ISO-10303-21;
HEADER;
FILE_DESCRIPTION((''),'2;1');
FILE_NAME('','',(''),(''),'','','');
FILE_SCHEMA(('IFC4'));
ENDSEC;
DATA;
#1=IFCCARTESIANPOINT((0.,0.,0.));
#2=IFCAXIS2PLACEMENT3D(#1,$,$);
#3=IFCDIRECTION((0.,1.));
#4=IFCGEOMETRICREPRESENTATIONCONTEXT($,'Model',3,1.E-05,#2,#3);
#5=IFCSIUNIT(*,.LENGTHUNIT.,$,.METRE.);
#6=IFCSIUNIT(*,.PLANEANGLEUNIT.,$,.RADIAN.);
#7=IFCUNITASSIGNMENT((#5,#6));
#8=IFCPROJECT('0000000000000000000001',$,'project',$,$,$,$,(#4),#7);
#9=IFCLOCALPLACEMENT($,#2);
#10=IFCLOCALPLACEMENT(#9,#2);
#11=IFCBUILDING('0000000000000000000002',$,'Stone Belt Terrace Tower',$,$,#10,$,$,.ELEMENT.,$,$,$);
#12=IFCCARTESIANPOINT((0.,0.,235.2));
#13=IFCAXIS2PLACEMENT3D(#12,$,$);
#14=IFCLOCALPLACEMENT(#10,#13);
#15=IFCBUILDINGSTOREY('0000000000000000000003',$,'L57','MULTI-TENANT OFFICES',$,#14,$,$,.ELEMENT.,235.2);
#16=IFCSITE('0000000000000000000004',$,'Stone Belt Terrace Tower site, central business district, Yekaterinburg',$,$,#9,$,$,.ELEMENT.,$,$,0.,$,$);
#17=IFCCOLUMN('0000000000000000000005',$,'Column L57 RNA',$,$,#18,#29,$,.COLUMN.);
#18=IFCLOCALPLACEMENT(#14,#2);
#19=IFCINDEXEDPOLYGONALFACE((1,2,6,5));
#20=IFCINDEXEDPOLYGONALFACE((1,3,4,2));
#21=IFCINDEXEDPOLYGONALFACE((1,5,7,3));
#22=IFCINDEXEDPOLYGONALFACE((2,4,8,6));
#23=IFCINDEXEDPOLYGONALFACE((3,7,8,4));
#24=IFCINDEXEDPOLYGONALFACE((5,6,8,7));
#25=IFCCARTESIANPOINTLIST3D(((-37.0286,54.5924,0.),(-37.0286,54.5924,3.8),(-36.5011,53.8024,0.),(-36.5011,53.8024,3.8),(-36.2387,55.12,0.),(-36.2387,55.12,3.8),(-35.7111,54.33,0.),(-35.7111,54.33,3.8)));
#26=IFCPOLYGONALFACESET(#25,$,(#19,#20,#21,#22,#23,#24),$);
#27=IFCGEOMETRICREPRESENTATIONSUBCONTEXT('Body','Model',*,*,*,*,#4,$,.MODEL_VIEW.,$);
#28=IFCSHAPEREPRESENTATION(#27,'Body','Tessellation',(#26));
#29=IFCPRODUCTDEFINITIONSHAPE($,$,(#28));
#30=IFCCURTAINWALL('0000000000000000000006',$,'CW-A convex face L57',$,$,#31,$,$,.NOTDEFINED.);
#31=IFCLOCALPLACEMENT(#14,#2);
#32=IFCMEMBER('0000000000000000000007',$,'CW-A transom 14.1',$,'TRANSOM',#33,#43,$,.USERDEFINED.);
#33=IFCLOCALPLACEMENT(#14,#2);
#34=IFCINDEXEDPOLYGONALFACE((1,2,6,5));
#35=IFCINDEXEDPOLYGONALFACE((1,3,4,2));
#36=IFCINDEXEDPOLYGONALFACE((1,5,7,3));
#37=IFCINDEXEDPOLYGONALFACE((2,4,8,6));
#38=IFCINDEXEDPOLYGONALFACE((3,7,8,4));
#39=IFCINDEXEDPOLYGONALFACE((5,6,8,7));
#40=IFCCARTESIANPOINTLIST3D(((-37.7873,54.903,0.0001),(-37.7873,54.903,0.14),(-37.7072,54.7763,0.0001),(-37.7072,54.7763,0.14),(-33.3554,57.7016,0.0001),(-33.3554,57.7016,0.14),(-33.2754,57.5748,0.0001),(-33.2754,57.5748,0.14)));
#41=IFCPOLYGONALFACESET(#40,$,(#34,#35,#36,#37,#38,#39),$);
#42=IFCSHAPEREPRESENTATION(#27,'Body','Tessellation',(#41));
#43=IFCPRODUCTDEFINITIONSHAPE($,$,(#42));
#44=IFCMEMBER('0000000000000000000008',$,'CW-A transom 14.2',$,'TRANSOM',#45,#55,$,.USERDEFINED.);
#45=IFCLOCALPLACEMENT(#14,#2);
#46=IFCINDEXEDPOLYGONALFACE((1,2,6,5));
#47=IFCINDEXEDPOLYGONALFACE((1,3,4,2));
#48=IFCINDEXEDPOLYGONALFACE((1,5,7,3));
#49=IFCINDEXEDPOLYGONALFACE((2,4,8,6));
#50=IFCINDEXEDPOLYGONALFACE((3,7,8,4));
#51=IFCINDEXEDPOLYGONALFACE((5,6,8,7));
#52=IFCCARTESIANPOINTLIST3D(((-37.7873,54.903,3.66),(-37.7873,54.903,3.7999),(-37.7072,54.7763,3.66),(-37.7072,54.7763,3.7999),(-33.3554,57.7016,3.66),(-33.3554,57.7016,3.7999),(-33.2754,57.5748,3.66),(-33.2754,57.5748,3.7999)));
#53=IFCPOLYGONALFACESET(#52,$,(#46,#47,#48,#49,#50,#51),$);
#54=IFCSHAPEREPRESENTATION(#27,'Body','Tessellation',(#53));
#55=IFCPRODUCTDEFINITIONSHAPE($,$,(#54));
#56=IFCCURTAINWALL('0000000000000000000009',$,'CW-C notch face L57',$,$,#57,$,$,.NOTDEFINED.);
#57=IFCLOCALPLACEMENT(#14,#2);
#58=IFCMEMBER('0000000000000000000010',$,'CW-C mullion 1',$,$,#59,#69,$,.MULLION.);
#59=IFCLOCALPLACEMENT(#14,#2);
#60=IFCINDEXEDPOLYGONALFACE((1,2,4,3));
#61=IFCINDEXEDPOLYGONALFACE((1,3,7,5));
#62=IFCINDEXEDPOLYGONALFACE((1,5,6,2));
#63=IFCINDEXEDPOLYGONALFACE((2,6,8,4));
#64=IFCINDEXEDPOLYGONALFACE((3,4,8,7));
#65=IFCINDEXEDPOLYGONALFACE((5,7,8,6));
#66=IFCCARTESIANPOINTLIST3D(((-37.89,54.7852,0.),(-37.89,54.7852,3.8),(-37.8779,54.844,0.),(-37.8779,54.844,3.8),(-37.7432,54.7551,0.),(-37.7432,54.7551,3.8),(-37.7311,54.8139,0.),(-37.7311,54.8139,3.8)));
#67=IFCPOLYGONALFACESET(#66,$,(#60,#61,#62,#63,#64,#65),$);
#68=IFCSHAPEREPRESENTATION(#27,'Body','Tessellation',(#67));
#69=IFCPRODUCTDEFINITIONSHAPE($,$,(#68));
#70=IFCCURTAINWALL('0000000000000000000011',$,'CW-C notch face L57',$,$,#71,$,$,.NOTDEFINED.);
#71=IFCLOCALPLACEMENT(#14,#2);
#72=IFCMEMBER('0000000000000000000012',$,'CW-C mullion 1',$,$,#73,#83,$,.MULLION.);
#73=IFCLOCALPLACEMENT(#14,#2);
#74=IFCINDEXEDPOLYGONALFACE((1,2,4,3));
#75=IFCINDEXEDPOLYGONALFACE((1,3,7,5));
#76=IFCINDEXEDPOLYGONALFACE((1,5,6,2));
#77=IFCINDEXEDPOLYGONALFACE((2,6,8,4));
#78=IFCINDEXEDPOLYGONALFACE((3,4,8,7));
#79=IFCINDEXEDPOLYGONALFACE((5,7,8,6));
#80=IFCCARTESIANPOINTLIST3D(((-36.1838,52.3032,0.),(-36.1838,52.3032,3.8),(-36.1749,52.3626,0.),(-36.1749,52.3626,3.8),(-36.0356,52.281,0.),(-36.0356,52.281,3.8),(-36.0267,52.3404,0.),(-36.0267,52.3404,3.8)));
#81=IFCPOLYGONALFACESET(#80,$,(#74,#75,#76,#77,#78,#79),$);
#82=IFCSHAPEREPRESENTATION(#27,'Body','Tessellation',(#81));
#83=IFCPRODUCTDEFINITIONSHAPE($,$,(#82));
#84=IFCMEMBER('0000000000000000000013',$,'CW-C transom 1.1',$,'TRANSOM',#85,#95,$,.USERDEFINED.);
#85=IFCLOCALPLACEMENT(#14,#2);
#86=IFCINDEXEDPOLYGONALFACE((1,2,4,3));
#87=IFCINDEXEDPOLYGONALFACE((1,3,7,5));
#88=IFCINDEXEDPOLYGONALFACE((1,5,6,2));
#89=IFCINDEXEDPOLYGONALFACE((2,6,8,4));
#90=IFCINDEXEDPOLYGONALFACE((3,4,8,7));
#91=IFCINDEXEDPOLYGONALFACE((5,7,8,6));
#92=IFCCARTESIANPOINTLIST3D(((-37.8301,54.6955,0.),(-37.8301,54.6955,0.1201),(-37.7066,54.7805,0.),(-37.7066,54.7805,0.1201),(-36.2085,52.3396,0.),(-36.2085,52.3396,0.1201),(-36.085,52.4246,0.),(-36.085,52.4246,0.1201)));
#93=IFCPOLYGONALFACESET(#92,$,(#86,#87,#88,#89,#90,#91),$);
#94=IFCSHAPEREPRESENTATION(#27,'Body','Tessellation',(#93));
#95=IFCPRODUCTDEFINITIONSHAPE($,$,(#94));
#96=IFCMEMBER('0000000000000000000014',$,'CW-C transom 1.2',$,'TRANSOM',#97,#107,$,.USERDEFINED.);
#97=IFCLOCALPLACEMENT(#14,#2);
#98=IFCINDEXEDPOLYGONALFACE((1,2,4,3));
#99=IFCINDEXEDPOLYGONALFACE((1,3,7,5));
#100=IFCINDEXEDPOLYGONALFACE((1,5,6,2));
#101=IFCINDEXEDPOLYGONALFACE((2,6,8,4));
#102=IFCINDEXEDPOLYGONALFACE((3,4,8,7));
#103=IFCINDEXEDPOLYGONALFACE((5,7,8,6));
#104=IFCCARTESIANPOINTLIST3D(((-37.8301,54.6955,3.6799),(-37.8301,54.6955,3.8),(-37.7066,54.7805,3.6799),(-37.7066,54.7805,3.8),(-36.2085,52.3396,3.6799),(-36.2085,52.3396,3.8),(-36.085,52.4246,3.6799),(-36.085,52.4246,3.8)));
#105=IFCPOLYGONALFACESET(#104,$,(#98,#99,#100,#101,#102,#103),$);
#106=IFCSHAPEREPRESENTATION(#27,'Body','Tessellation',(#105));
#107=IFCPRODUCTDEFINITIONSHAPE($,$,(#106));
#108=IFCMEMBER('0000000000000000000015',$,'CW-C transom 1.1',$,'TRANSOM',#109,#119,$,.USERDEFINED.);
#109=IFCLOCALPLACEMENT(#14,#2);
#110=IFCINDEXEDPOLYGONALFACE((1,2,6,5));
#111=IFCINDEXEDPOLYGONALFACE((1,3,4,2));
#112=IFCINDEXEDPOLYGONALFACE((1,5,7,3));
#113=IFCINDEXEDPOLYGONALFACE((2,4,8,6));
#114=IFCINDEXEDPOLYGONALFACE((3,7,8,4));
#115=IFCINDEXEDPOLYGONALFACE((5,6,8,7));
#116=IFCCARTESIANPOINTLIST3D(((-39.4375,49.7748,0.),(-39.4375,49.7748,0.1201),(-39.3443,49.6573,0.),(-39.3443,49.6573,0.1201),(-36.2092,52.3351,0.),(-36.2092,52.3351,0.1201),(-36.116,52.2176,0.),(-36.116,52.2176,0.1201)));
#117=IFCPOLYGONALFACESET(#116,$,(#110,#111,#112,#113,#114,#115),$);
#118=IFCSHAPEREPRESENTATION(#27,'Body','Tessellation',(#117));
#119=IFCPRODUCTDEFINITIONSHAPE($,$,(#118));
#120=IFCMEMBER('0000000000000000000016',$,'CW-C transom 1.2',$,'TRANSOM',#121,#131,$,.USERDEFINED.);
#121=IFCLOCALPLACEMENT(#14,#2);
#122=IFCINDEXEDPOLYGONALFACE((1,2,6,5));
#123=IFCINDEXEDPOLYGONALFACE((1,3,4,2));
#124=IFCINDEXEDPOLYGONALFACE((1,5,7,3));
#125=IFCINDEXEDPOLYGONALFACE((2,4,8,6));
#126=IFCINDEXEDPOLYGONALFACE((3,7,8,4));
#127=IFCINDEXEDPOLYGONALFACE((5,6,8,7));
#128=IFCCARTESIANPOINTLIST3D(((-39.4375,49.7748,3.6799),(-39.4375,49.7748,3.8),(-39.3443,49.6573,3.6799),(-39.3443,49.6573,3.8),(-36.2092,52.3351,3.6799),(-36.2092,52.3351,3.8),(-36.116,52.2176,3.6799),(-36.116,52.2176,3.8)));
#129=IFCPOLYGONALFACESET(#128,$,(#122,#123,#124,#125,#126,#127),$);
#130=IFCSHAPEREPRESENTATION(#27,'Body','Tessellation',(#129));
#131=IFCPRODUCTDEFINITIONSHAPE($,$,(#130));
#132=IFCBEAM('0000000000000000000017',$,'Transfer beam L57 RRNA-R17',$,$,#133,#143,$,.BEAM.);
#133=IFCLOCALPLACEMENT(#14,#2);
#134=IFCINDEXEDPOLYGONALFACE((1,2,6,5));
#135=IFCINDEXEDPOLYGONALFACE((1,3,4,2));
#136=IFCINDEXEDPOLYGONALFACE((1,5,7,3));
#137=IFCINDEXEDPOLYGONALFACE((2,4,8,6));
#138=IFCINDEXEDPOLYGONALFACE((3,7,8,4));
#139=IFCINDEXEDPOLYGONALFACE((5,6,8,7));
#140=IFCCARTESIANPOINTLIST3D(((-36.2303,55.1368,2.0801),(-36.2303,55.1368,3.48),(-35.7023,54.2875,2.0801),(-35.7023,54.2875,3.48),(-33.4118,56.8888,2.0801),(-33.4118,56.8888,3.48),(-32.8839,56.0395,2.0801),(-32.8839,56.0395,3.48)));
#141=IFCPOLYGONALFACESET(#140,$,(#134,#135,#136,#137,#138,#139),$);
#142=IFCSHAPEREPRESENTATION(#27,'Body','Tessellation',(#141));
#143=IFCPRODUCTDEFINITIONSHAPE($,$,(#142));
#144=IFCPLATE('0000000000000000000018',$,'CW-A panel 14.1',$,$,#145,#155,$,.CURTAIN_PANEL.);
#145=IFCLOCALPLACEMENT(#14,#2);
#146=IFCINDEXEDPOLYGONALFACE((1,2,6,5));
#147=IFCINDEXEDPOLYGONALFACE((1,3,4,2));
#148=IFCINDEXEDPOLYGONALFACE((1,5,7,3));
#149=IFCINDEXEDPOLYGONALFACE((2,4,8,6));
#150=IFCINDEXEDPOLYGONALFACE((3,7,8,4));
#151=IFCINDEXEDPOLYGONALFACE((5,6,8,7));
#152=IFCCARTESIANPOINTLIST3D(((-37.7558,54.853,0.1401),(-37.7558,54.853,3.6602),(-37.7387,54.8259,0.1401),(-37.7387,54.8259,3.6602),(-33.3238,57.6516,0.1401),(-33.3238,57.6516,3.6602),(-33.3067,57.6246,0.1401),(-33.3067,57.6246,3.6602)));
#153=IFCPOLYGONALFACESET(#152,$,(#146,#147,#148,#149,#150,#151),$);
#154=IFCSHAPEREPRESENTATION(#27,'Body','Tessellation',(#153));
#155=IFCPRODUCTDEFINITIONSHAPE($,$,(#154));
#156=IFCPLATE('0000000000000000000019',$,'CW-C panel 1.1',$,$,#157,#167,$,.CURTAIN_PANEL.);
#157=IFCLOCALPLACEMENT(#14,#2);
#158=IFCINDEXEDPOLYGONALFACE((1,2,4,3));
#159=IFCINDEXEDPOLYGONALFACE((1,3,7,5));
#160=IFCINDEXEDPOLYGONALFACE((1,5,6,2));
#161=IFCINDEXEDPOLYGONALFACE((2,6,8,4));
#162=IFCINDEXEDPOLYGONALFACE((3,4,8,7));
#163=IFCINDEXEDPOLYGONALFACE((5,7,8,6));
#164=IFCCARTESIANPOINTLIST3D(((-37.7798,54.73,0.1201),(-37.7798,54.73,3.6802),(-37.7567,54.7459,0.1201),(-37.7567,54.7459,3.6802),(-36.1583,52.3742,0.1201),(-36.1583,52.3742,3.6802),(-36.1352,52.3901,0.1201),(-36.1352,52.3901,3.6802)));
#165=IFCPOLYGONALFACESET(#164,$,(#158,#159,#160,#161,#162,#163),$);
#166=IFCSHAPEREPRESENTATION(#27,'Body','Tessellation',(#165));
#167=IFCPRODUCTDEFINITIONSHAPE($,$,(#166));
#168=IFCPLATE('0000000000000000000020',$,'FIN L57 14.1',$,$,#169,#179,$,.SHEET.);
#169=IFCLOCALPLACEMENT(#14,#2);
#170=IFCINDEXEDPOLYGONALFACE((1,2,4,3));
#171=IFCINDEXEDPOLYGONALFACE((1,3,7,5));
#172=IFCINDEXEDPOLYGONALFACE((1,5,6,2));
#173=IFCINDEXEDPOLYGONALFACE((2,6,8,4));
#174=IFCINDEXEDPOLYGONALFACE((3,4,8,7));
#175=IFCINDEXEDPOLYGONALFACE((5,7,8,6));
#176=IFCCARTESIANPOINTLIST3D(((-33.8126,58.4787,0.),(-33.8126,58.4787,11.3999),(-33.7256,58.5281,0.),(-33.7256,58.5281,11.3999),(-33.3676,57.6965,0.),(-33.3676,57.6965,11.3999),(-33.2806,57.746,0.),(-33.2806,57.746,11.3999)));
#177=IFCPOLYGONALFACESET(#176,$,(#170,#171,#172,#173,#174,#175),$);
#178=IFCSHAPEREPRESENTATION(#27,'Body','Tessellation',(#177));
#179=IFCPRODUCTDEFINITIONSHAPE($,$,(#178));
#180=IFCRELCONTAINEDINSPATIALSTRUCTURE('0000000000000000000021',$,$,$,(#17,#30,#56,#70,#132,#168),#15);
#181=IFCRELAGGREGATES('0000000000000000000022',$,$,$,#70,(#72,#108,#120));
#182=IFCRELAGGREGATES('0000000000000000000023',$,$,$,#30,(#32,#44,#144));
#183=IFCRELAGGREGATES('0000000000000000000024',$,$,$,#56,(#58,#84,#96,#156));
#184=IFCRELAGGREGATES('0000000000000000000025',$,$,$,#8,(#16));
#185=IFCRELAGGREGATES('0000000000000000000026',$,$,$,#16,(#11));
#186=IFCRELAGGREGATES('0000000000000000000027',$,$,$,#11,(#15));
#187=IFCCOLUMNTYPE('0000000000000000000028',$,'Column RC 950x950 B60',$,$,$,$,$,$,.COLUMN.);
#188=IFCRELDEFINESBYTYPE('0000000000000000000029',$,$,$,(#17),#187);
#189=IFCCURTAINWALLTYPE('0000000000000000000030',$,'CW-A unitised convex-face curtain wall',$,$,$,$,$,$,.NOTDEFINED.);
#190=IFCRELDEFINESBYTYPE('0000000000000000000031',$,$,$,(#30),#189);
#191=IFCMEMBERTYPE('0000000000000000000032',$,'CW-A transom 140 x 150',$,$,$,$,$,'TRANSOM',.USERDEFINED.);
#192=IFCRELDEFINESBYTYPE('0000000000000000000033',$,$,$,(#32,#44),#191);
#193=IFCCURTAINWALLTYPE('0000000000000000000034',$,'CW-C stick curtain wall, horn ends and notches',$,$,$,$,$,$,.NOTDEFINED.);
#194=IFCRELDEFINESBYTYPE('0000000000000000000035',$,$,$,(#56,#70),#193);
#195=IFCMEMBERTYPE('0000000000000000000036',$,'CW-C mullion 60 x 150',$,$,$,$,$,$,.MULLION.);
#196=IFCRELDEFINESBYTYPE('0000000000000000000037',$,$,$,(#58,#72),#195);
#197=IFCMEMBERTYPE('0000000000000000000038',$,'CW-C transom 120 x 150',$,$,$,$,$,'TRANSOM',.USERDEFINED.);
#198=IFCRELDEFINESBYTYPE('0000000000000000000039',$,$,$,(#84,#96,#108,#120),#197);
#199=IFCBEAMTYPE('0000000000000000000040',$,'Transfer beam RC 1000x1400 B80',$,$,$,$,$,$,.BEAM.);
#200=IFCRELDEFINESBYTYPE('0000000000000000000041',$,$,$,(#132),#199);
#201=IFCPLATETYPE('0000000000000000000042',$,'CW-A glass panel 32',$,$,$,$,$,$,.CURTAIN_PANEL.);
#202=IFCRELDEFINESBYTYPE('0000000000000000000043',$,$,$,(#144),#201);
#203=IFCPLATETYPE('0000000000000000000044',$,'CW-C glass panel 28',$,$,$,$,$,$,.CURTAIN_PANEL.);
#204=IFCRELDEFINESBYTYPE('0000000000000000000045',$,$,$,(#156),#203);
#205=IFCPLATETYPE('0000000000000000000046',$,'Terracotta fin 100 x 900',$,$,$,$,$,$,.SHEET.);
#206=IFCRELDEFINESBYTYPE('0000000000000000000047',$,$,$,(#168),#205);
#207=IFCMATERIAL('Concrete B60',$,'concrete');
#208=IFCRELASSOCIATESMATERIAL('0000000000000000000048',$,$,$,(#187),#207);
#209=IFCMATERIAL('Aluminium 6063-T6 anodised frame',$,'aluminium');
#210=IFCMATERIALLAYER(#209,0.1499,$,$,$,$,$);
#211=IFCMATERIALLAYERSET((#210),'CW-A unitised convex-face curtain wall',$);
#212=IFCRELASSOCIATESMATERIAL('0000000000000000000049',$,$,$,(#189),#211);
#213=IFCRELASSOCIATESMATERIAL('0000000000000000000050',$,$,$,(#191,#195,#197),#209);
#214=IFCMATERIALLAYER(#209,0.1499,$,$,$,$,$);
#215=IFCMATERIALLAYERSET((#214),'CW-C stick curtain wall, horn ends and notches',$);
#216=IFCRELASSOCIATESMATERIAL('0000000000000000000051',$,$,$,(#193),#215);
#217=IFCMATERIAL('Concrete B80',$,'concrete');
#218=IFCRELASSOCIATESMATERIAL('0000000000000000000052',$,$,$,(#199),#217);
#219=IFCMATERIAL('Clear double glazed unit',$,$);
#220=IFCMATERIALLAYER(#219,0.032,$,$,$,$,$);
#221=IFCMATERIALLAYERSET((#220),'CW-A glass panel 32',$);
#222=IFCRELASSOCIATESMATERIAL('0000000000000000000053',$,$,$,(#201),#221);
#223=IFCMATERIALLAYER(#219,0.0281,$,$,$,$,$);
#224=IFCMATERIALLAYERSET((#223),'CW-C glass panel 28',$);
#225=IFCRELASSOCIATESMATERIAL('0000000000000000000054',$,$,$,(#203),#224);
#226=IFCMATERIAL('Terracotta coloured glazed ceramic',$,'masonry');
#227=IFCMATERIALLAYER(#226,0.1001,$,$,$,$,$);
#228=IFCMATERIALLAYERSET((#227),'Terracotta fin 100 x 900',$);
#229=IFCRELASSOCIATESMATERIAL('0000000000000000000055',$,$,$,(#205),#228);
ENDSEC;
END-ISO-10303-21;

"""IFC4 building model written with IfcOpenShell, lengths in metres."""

from ifc_helpers import new_model, si_unit, direction, frame, origin, origin_2d, place, context, subcontext, project, spatial, rectangle, extrude, material, layer, layer_set, material_profile, profile_set, type_object, element, aggregate, save


model = new_model("IFC4")

# Units and contexts
model_context = context("Model", 3, precision=1e-05, world=origin(), true_north=direction((0.0, 1.0)))
body_context = subcontext(model_context, "Body", "Model", "MODEL_VIEW")
ifc_project = project(units=[si_unit("LENGTHUNIT", "METRE"), si_unit("PLANEANGLEUNIT", "RADIAN")], contexts=[model_context])

# Site, building, storey
site_placement = place(None, origin())
site = spatial("IfcSite", under=ifc_project, at=site_placement, Name="Stone Belt Terrace Tower site, central business district, Yekaterinburg", CompositionType="ELEMENT", RefElevation=0.0)
building_placement = place(site_placement, origin())
building = spatial("IfcBuilding", under=site, at=building_placement, Name="Stone Belt Terrace Tower", CompositionType="ELEMENT")
storey_placement = place(building_placement, frame((0.0, 0.0, 235.2)))
storey = spatial("IfcBuildingStorey", under=building, at=storey_placement, Name="L57", Description="MULTI-TENANT OFFICES", CompositionType="ELEMENT", Elevation=235.2)

# Column
ifc_material_1 = material(Name="Concrete B60", Category="concrete")
ifc_material_profile_1 = material_profile(ifc_material_1, rectangle(XDim=0.95, YDim=0.95, at=origin_2d()), Name="RC 950x950")
ifc_profile_set_1 = profile_set([ifc_material_profile_1], Name="Concrete B60")
column_type = type_object("IfcColumnType", Name="Column RC 950x950 B60", PredefinedType="COLUMN", material=ifc_profile_set_1)
column_placement = place(storey_placement, frame((-36.3699, 54.4612, 0.0), z_axis=(0.0, 0.0, 1.0), x_axis=(0.83161, 0.55536, 0.0)))
element("IfcColumn", 1, at=column_placement, inside=storey, type_object=column_type, Name="Column L57 RNA", PredefinedType="COLUMN", context=body_context, shape_type="SweptSolid", body=[
    extrude(rectangle(XDim=0.95, YDim=0.95, at=origin_2d()), origin(), (0.0, 0.0, 1.0), 3.8),
])

# Curtain wall, members
ifc_material_2 = material(Name="Aluminium 6063-T6 anodised frame", Category="aluminium")
ifc_layer_1 = layer(ifc_material_2, 0.1499)
ifc_layer_set_1 = layer_set([ifc_layer_1], Name="CW-A unitised convex-face curtain wall")
curtain_wall_type_1 = type_object("IfcCurtainWallType", Name="CW-A unitised convex-face curtain wall", PredefinedType="NOTDEFINED", material=ifc_layer_set_1)
curtain_wall_1_placement = place(storey_placement, origin())
curtain_wall_1 = element("IfcCurtainWall", 2, at=curtain_wall_1_placement, inside=storey, type_object=curtain_wall_type_1, Name="CW-A convex face L57", PredefinedType="NOTDEFINED")
ifc_material_profile_2 = material_profile(ifc_material_2, rectangle(XDim=0.1499, YDim=0.1399, at=origin_2d()), Name="Aluminium 6063-T6 150x140")
ifc_profile_set_2 = profile_set([ifc_material_profile_2], Name="Aluminium 6063-T6 anodised frame")
member_type_1 = type_object("IfcMemberType", Name="CW-A transom 140 x 150", ElementType="TRANSOM", PredefinedType="USERDEFINED", material=ifc_profile_set_2)
member_1_placement = place(storey_placement, frame((-33.3154, 57.6382, 0.0701), z_axis=(-0.845532, -0.533925, 0.0), x_axis=(0.533925, -0.845532, 0.0)))
member_1 = element("IfcMember", 3, at=member_1_placement, type_object=member_type_1, Name="CW-A transom 14.1", ObjectType="TRANSOM", PredefinedType="USERDEFINED", context=body_context, shape_type="SweptSolid", body=[
    extrude(rectangle(XDim=0.1499, YDim=0.1399, at=origin_2d()), origin(), (0.0, 0.0, 1.0), 5.2415),
])
member_2_placement = place(storey_placement, frame((-33.3154, 57.6382, 3.73), z_axis=(-0.845532, -0.533925, 0.0), x_axis=(0.533925, -0.845532, 0.0)))
member_2 = element("IfcMember", 4, at=member_2_placement, type_object=member_type_1, Name="CW-A transom 14.2", ObjectType="TRANSOM", PredefinedType="USERDEFINED", context=body_context, shape_type="SweptSolid", body=[
    extrude(rectangle(XDim=0.1499, YDim=0.1399, at=origin_2d()), origin(), (0.0, 0.0, 1.0), 5.2415),
])

# Curtain walls, members
ifc_layer_2 = layer(ifc_material_2, 0.1499)
ifc_layer_set_2 = layer_set([ifc_layer_2], Name="CW-C stick curtain wall, horn ends and notches")
curtain_wall_type_2 = type_object("IfcCurtainWallType", Name="CW-C stick curtain wall, horn ends and notches", PredefinedType="NOTDEFINED", material=ifc_layer_set_2)
curtain_wall_2_placement = place(storey_placement, origin())
curtain_wall_2 = element("IfcCurtainWall", 5, at=curtain_wall_2_placement, inside=storey, type_object=curtain_wall_type_2, Name="CW-C notch face L57", PredefinedType="NOTDEFINED")
ifc_material_profile_3 = material_profile(ifc_material_2, rectangle(XDim=0.1499, YDim=0.0601, at=origin_2d()), Name="Aluminium 6063-T6 60x150")
ifc_profile_set_3 = profile_set([ifc_material_profile_3], Name="Aluminium 6063-T6 anodised frame")
member_type_2 = type_object("IfcMemberType", Name="CW-C mullion 60 x 150", PredefinedType="MULLION", material=ifc_profile_set_3)
member_3_placement = place(storey_placement, frame((-37.8105, 54.7996, 0.0), z_axis=(0.0, 0.0, 1.0), x_axis=(0.979594, -0.200987, 0.0)))
member_3 = element("IfcMember", 6, at=member_3_placement, type_object=member_type_2, Name="CW-C mullion 1", PredefinedType="MULLION", context=body_context, shape_type="SweptSolid", body=[
    extrude(rectangle(XDim=0.1499, YDim=0.0601, at=origin_2d()), origin(), (0.0, 0.0, 1.0), 3.8),
])
curtain_wall_3_placement = place(storey_placement, origin())
curtain_wall_3 = element("IfcCurtainWall", 7, at=curtain_wall_3_placement, inside=storey, type_object=curtain_wall_type_2, Name="CW-C notch face L57", PredefinedType="NOTDEFINED")
member_4_placement = place(storey_placement, frame((-36.1052, 52.3218, 0.0), z_axis=(0.0, 0.0, 1.0), x_axis=(0.988962, -0.148172, 0.0)))
member_4 = element("IfcMember", 8, at=member_4_placement, type_object=member_type_2, Name="CW-C mullion 1", PredefinedType="MULLION", context=body_context, shape_type="SweptSolid", body=[
    extrude(rectangle(XDim=0.1499, YDim=0.0601, at=origin_2d()), origin(), (0.0, 0.0, 1.0), 3.8),
])

# Members
ifc_material_profile_4 = material_profile(ifc_material_2, rectangle(XDim=0.1499, YDim=0.1201, at=origin_2d()), Name="Aluminium 6063-T6 150x120")
ifc_profile_set_4 = profile_set([ifc_material_profile_4], Name="Aluminium 6063-T6 anodised frame")
member_type_3 = type_object("IfcMemberType", Name="CW-C transom 120 x 150", ElementType="TRANSOM", PredefinedType="USERDEFINED", material=ifc_profile_set_4)
member_5_placement = place(storey_placement, frame((-37.7683, 54.738, 0.0601), z_axis=(0.566971, -0.823738, 0.0), x_axis=(0.823738, 0.566971, 0.0)))
member_5 = element("IfcMember", 9, at=member_5_placement, type_object=member_type_3, Name="CW-C transom 1.1", ObjectType="TRANSOM", PredefinedType="USERDEFINED", context=body_context, shape_type="SweptSolid", body=[
    extrude(rectangle(XDim=0.1499, YDim=0.1201, at=origin_2d()), origin(), (0.0, 0.0, 1.0), 2.8601),
])
member_6_placement = place(storey_placement, frame((-37.7683, 54.738, 3.74), z_axis=(0.566971, -0.823738, 0.0), x_axis=(0.823738, 0.566971, 0.0)))
member_6 = element("IfcMember", 10, at=member_6_placement, type_object=member_type_3, Name="CW-C transom 1.2", ObjectType="TRANSOM", PredefinedType="USERDEFINED", context=body_context, shape_type="SweptSolid", body=[
    extrude(rectangle(XDim=0.1499, YDim=0.1201, at=origin_2d()), origin(), (0.0, 0.0, 1.0), 2.8601),
])
member_7_placement = place(storey_placement, frame((-36.1626, 52.2764, 0.0601), z_axis=(-0.783504, -0.621387, 0.0), x_axis=(0.621387, -0.783504, 0.0)))
member_7 = element("IfcMember", 11, at=member_7_placement, type_object=member_type_3, Name="CW-C transom 1.1", ObjectType="TRANSOM", PredefinedType="USERDEFINED", context=body_context, shape_type="SweptSolid", body=[
    extrude(rectangle(XDim=0.1499, YDim=0.1201, at=origin_2d()), origin(), (0.0, 0.0, 1.0), 4.1204),
])
member_8_placement = place(storey_placement, frame((-36.1626, 52.2764, 3.74), z_axis=(-0.783504, -0.621387, 0.0), x_axis=(0.621387, -0.783504, 0.0)))
member_8 = element("IfcMember", 12, at=member_8_placement, type_object=member_type_3, Name="CW-C transom 1.2", ObjectType="TRANSOM", PredefinedType="USERDEFINED", context=body_context, shape_type="SweptSolid", body=[
    extrude(rectangle(XDim=0.1499, YDim=0.1201, at=origin_2d()), origin(), (0.0, 0.0, 1.0), 4.1204),
])
aggregate(curtain_wall_3, [member_4, member_7, member_8])

# Beam
ifc_material_3 = material(Name="Concrete B80", Category="concrete")
ifc_material_profile_5 = material_profile(ifc_material_3, rectangle(XDim=1.0, YDim=1.3999, at=origin_2d()), Name="RC 1000x1400")
ifc_profile_set_5 = profile_set([ifc_material_profile_5], Name="Concrete B80")
beam_type = type_object("IfcBeamType", Name="Transfer beam RC 1000x1400 B80", PredefinedType="BEAM", material=ifc_profile_set_5)
beam_placement = place(storey_placement, frame((-35.9663, 54.7122, 2.78), z_axis=(0.849285, 0.527934, 0.0), x_axis=(-0.527934, 0.849285, 0.0)))
element("IfcBeam", 13, at=beam_placement, inside=storey, type_object=beam_type, Name="Transfer beam L57 RRNA-R17", PredefinedType="BEAM", context=body_context, shape_type="SweptSolid", body=[
    extrude(rectangle(XDim=1.0, YDim=1.3999, at=origin_2d()), origin(), (0.0, 0.0, 1.0), 3.3186),
])

# Plates
ifc_material_4 = material(Name="Clear double glazed unit")
ifc_layer_3 = layer(ifc_material_4, 0.032)
ifc_layer_set_3 = layer_set([ifc_layer_3], Name="CW-A glass panel 32")
plate_type_1 = type_object("IfcPlateType", Name="CW-A glass panel 32", PredefinedType="CURTAIN_PANEL", material=ifc_layer_set_3)
plate_1_placement = place(storey_placement, frame((-35.5312, 56.2388, 0.1401), z_axis=(0.0, 0.0, 1.0), x_axis=(-0.84554, -0.533913, 0.0)))
plate_1 = element("IfcPlate", 14, at=plate_1_placement, type_object=plate_type_1, Name="CW-A panel 14.1", PredefinedType="CURTAIN_PANEL", context=body_context, shape_type="SweptSolid", body=[
    extrude(rectangle(XDim=5.2417, YDim=0.032, at=origin_2d()), origin(), (0.0, 0.0, 1.0), 3.52),
])
aggregate(curtain_wall_1, [member_1, member_2, plate_1])
ifc_layer_4 = layer(ifc_material_4, 0.0281)
ifc_layer_set_4 = layer_set([ifc_layer_4], Name="CW-C glass panel 28")
plate_type_2 = type_object("IfcPlateType", Name="CW-C glass panel 28", PredefinedType="CURTAIN_PANEL", material=ifc_layer_set_4)
plate_2_placement = place(storey_placement, frame((-36.9575, 53.5601, 0.1201), z_axis=(0.0, 0.0, 1.0), x_axis=(0.566987, -0.823727, 0.0)))
plate_2 = element("IfcPlate", 15, at=plate_2_placement, type_object=plate_type_2, Name="CW-C panel 1.1", PredefinedType="CURTAIN_PANEL", context=body_context, shape_type="SweptSolid", body=[
    extrude(rectangle(XDim=2.8599, YDim=0.0281, at=origin_2d()), origin(), (0.0, 0.0, 1.0), 3.5601),
])
aggregate(curtain_wall_2, [member_3, member_5, member_6, plate_2])

# Plate
ifc_material_5 = material(Name="Terracotta coloured glazed ceramic", Category="masonry")
ifc_layer_5 = layer(ifc_material_5, 0.1001)
ifc_layer_set_5 = layer_set([ifc_layer_5], Name="Terracotta fin 100 x 900")
plate_type_3 = type_object("IfcPlateType", Name="Terracotta fin 100 x 900", PredefinedType="SHEET", material=ifc_layer_set_5)
plate_3_placement = place(storey_placement, frame((-33.5466, 58.1123, 0.0), z_axis=(0.0, 0.0, 1.0), x_axis=(-0.494474, 0.869192, 0.0)))
element("IfcPlate", 16, at=plate_3_placement, inside=storey, type_object=plate_type_3, Name="FIN L57 14.1", PredefinedType="SHEET", context=body_context, shape_type="SweptSolid", body=[
    extrude(rectangle(XDim=0.8999, YDim=0.1001, at=origin_2d()), origin(), (0.0, 0.0, 1.0), 11.3999),
])

save(model, "model.ifc")
